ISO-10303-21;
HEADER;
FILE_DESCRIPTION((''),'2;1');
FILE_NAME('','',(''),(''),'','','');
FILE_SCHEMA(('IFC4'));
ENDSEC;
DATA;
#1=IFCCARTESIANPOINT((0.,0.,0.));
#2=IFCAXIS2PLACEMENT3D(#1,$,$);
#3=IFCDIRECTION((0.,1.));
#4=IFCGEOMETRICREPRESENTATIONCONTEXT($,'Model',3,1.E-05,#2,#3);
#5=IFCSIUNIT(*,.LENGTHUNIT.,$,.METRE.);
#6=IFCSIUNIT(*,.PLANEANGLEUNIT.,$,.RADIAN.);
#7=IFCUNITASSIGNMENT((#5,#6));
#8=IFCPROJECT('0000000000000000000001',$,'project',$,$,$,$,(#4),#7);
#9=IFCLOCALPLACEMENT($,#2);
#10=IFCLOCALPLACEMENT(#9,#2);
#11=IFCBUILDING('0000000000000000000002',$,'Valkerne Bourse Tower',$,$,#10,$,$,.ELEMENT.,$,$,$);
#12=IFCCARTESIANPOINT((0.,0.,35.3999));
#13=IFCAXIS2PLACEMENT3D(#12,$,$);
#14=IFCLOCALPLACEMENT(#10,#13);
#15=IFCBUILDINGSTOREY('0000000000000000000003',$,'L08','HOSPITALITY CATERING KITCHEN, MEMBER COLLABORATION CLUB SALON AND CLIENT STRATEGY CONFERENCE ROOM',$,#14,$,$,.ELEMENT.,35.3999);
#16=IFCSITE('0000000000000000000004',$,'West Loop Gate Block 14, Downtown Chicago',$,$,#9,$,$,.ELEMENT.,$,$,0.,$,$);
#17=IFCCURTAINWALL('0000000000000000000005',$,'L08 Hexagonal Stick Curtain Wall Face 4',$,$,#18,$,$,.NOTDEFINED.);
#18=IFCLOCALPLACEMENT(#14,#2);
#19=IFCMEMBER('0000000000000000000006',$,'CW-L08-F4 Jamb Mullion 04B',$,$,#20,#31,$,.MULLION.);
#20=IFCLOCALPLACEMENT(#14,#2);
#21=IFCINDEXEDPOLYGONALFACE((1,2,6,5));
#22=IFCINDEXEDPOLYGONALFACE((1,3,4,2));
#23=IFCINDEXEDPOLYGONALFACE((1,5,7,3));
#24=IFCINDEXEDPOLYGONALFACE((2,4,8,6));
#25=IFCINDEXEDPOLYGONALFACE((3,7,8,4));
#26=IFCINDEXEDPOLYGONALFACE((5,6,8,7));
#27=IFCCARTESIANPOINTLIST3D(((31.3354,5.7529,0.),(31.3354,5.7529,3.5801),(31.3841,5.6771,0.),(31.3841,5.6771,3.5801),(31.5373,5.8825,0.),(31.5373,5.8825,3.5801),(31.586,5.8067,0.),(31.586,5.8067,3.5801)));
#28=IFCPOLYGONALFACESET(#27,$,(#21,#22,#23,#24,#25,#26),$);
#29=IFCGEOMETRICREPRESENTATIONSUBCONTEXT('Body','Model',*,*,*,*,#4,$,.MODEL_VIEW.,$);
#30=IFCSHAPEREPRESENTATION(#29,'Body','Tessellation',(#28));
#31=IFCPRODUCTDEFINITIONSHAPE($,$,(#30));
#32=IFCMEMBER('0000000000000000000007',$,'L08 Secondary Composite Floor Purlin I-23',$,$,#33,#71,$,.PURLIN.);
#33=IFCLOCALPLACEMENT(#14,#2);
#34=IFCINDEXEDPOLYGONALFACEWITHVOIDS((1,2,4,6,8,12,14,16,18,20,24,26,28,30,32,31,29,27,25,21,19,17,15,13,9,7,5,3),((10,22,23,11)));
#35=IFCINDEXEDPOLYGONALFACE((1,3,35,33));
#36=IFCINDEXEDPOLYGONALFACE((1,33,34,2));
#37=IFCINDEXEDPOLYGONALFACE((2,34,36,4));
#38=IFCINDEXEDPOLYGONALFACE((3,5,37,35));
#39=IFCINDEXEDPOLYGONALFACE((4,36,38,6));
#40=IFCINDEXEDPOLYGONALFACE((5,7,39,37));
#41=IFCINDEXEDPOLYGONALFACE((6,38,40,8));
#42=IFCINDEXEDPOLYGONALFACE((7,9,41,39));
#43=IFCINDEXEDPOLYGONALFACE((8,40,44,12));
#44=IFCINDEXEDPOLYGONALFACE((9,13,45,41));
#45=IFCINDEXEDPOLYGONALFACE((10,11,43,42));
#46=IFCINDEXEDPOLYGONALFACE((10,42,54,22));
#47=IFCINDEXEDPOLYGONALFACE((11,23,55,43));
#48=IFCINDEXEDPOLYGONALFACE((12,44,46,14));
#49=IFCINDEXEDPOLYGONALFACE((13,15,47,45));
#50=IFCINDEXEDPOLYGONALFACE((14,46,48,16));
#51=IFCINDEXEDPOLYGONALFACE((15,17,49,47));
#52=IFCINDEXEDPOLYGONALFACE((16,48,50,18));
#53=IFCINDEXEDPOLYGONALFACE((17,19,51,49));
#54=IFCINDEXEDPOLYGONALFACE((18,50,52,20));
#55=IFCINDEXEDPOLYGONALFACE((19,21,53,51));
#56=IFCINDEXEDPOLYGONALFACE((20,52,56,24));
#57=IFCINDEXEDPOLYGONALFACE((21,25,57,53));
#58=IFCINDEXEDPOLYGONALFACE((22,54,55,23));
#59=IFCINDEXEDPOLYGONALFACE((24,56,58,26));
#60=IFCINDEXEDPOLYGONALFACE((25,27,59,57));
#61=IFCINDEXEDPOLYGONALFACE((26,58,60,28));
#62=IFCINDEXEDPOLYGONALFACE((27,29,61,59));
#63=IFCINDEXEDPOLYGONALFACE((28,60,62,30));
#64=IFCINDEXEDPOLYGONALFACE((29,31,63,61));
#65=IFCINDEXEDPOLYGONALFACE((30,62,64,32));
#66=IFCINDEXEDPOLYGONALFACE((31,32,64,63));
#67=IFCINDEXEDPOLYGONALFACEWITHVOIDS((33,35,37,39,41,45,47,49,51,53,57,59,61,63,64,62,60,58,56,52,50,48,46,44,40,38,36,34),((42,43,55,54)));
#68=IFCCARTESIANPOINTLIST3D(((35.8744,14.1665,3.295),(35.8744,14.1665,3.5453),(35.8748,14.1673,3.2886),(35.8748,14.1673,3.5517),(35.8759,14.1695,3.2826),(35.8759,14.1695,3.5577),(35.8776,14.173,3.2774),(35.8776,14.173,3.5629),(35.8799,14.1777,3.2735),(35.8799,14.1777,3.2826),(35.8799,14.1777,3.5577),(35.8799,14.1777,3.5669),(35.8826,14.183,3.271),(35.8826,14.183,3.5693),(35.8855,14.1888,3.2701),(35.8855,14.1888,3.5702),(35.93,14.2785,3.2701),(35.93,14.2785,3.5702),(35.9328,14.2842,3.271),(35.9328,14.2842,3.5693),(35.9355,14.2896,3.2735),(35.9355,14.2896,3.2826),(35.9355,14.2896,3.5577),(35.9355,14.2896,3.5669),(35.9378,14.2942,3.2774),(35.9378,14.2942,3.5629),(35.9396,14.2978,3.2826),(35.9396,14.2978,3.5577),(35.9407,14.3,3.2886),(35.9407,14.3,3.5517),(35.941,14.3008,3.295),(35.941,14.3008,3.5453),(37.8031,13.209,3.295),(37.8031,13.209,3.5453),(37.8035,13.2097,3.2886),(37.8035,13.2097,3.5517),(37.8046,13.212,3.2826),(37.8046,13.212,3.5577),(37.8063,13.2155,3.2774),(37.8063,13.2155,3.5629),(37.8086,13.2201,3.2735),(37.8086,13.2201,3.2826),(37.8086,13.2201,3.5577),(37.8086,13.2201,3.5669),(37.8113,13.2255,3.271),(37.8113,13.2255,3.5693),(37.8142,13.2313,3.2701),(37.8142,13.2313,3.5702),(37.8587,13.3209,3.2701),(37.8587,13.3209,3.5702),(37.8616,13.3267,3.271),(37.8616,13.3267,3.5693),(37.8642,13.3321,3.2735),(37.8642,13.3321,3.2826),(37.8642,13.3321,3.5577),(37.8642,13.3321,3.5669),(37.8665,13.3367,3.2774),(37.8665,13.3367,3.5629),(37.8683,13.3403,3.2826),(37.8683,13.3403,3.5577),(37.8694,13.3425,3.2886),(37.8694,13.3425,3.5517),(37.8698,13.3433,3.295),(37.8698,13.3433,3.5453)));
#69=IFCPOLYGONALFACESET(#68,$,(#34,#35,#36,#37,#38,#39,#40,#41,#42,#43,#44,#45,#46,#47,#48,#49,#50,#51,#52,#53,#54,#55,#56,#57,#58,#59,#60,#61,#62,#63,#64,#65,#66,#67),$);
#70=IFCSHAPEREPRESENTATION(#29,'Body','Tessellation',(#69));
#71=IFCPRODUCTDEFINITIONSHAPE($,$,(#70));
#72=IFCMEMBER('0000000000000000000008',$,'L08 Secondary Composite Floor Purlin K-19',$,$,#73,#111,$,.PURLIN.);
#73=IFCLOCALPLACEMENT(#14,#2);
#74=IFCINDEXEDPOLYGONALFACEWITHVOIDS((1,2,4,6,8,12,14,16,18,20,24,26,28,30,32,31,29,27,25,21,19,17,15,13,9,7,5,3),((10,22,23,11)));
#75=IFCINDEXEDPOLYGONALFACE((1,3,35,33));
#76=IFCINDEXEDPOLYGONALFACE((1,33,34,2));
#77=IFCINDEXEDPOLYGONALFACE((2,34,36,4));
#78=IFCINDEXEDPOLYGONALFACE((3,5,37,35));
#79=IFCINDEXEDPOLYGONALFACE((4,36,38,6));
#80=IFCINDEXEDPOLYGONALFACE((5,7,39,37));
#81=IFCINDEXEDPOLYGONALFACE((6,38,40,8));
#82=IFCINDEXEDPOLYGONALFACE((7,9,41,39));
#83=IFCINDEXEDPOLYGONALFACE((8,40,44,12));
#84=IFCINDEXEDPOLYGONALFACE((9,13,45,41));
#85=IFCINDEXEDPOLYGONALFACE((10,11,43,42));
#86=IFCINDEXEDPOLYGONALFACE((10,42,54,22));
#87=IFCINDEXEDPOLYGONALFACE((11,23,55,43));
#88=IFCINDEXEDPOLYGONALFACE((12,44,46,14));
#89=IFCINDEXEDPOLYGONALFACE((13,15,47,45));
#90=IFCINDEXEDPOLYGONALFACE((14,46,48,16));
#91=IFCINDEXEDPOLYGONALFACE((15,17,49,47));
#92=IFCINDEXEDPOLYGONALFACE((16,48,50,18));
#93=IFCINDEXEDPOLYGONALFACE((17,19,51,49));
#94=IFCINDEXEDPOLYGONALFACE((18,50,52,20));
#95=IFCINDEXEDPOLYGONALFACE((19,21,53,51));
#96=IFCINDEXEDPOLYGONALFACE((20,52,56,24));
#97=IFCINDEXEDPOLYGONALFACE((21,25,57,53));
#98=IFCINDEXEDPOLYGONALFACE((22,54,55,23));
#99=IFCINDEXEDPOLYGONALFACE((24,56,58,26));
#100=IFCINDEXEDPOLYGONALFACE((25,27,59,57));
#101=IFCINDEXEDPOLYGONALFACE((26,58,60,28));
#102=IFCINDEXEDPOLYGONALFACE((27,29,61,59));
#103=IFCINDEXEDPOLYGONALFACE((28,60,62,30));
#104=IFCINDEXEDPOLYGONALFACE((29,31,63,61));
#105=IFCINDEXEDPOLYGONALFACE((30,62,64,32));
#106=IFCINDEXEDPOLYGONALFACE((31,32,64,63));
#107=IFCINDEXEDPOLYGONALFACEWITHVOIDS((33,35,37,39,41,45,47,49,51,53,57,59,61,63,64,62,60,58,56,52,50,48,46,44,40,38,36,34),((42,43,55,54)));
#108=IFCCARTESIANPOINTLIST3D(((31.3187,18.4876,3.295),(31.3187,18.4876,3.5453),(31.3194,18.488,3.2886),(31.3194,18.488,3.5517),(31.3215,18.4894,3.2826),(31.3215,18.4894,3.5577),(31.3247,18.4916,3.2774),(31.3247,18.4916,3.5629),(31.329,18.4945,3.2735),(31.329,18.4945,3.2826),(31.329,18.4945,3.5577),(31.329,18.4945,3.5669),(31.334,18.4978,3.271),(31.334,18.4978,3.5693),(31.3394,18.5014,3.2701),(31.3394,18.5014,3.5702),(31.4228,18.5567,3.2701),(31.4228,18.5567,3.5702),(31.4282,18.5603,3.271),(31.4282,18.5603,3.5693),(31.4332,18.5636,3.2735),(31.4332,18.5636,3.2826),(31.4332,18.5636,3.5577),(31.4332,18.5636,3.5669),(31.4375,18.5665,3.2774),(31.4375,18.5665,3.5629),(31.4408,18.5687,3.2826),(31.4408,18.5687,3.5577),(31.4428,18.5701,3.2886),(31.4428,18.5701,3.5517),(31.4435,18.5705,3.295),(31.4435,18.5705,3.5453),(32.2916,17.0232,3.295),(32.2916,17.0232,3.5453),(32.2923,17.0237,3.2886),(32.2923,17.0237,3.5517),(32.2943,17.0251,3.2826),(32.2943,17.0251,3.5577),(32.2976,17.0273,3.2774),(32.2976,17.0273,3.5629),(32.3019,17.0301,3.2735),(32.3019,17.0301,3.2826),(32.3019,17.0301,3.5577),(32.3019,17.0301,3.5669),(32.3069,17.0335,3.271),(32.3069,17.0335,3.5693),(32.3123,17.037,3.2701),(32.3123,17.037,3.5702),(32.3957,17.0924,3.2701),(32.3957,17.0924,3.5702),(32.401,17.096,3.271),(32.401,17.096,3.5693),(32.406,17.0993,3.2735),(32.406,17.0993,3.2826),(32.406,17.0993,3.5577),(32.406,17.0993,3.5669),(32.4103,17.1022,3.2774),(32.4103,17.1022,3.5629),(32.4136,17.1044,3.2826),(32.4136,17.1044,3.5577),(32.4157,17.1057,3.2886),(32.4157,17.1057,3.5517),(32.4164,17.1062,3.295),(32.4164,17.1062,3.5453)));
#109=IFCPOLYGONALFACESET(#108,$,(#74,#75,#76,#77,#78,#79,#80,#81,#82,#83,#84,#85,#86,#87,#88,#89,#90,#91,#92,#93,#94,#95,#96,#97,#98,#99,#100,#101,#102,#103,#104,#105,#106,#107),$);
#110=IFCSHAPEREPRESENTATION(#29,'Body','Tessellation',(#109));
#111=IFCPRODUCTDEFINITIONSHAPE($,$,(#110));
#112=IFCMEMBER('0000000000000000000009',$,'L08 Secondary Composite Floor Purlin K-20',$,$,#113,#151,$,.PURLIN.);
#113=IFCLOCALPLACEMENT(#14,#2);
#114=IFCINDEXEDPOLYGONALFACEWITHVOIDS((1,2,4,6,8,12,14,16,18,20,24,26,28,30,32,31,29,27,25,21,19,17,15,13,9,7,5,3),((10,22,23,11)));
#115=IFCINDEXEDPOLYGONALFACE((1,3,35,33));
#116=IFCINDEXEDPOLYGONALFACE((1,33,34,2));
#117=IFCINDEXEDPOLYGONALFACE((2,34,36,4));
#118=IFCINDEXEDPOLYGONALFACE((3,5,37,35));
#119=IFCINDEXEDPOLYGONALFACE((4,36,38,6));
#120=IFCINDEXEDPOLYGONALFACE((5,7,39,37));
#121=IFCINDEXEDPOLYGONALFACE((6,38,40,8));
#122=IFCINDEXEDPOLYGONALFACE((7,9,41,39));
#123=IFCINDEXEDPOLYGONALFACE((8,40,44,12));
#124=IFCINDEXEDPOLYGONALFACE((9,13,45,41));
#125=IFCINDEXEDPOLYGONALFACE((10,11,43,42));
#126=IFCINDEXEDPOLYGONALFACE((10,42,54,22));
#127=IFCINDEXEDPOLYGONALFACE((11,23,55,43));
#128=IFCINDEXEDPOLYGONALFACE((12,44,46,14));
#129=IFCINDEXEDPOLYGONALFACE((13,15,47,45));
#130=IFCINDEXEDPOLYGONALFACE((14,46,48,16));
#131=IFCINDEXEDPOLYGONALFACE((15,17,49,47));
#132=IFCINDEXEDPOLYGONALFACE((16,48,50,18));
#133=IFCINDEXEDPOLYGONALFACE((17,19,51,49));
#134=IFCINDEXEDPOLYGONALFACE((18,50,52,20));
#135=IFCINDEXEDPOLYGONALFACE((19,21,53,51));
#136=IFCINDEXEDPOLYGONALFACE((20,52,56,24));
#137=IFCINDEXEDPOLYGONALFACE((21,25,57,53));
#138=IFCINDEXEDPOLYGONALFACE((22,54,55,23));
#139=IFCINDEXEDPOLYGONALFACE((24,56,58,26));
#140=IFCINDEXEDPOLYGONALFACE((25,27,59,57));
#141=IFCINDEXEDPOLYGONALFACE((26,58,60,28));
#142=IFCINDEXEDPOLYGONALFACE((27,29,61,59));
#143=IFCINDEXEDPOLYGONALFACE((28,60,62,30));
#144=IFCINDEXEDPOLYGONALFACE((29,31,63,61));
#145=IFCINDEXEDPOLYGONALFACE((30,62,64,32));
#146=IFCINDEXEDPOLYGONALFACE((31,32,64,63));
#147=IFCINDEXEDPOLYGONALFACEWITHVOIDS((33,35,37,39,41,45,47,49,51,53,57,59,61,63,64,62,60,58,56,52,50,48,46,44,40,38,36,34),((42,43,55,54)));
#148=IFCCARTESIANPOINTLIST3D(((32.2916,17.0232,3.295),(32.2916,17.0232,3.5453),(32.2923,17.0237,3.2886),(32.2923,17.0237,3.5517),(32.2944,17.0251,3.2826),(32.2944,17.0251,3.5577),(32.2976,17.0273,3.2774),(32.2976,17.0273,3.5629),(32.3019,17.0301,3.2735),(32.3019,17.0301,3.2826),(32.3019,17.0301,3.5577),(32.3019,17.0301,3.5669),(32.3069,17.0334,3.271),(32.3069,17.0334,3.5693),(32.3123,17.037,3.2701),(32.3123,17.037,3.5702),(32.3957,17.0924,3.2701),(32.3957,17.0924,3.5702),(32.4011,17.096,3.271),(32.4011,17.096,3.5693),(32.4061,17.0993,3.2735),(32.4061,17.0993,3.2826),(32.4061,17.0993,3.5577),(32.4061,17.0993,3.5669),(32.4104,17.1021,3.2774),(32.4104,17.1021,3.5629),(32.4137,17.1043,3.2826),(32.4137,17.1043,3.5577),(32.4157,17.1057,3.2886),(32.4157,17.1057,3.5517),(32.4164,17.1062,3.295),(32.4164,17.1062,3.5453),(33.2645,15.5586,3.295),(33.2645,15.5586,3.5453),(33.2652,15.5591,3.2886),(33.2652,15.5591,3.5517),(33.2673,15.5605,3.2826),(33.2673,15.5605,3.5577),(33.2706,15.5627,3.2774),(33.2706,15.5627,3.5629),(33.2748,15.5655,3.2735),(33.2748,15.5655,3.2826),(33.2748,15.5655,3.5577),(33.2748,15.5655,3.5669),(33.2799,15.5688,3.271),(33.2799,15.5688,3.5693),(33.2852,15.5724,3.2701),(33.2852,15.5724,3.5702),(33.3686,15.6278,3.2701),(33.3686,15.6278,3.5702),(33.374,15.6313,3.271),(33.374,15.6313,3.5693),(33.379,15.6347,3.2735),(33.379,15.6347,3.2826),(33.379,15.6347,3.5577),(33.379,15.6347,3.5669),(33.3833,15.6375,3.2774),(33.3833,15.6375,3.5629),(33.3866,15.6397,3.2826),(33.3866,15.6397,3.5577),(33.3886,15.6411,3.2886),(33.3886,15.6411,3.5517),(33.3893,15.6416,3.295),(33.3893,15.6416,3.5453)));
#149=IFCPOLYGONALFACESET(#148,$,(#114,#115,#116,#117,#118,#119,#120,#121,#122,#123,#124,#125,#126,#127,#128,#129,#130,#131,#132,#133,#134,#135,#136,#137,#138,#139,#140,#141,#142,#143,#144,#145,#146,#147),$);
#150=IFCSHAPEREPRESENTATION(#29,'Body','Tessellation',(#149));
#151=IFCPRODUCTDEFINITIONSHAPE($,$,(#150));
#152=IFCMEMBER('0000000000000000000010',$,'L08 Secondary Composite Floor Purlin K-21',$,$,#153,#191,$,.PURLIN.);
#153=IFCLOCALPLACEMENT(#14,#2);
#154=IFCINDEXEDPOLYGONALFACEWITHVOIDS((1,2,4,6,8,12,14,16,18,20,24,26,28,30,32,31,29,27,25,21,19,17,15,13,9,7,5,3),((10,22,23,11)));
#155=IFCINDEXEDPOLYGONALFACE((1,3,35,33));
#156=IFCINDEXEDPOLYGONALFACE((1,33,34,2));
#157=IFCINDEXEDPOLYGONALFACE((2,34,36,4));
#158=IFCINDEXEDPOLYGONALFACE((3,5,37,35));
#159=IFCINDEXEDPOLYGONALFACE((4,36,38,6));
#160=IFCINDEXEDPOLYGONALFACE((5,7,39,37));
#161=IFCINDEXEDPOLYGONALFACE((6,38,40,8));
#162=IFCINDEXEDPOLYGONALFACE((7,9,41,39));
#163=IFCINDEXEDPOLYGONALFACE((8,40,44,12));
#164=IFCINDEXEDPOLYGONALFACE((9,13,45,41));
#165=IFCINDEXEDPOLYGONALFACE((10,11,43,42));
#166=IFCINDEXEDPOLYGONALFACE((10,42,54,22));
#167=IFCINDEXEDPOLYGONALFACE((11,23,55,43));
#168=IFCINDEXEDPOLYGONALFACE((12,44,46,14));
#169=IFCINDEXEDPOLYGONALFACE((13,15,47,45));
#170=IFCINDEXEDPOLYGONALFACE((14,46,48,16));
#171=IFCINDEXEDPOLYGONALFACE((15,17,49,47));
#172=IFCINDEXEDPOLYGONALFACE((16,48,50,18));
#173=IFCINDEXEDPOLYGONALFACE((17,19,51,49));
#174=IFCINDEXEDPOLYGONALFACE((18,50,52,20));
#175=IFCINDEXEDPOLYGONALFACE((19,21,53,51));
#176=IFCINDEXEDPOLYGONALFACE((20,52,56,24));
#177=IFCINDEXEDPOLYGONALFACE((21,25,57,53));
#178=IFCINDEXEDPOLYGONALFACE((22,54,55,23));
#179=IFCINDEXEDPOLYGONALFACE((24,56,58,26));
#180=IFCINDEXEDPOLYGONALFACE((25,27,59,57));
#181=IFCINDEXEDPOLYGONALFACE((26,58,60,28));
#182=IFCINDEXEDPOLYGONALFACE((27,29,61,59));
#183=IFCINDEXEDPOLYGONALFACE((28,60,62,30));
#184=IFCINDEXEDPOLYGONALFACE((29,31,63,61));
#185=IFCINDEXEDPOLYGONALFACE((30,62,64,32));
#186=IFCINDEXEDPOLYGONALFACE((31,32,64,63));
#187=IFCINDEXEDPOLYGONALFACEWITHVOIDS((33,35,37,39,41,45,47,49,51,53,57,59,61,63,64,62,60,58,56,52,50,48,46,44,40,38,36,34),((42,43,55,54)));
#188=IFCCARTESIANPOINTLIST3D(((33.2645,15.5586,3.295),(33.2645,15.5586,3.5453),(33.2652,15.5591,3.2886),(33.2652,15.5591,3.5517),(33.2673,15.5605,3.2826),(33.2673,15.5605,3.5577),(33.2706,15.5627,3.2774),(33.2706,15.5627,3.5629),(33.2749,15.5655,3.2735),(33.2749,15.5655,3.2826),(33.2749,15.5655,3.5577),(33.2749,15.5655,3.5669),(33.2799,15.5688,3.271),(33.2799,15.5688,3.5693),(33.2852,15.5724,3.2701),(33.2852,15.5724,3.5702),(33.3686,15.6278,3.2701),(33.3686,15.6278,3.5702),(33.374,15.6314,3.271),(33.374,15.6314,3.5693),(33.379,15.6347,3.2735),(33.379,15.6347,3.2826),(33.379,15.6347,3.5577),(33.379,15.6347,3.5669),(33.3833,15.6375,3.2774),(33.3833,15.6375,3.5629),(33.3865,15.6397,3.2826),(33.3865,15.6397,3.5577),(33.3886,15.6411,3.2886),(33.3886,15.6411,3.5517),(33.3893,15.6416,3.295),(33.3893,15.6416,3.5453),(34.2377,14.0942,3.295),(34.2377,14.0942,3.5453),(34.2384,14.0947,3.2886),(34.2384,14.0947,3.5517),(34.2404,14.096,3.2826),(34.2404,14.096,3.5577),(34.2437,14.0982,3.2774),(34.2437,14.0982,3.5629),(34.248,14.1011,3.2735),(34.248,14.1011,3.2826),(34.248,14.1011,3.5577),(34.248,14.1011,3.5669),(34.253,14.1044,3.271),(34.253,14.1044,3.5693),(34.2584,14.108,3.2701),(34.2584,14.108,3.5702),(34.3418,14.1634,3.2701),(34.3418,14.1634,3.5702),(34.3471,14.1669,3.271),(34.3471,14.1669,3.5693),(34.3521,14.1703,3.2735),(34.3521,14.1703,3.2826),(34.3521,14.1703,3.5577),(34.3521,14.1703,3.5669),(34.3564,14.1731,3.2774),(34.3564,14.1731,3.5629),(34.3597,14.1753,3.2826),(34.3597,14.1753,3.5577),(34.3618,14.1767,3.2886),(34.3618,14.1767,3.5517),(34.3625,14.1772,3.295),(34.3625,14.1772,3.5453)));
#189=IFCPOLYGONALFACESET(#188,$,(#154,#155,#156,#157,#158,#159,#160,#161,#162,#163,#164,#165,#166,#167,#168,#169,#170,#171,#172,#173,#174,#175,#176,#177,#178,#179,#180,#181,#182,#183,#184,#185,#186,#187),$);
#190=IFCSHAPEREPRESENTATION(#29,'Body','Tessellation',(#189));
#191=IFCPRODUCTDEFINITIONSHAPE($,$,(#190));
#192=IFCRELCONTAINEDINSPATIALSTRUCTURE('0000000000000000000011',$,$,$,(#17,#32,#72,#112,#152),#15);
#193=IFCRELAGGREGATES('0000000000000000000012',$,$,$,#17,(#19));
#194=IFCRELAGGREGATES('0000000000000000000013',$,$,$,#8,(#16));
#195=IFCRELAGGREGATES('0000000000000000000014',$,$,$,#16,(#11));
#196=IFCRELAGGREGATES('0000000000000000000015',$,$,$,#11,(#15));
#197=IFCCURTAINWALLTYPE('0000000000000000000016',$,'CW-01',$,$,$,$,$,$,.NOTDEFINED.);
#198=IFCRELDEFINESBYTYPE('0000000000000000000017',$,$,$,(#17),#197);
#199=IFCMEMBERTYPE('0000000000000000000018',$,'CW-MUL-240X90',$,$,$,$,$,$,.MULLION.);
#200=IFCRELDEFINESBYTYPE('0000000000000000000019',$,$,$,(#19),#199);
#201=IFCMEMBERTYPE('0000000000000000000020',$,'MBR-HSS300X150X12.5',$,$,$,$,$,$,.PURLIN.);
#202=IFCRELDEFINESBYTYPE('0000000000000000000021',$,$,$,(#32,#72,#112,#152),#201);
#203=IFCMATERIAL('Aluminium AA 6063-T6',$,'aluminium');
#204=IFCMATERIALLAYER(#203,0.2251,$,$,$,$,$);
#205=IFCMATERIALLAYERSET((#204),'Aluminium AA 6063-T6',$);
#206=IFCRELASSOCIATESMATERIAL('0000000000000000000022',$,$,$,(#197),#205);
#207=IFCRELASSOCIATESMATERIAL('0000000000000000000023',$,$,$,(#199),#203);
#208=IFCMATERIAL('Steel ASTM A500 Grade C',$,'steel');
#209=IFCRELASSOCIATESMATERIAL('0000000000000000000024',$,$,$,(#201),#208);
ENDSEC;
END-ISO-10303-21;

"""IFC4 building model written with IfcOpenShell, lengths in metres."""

from ifc_helpers import new_model, si_unit, direction, frame, origin, origin_2d, place, context, subcontext, project, spatial, rectangle, hollow_rectangle, extrude, material, layer, layer_set, material_profile, profile_set, type_object, element, aggregate, save


model = new_model("IFC4")

# Units and contexts
model_context = context("Model", 3, precision=1e-05, world=origin(), true_north=direction((0.0, 1.0)))
body_context = subcontext(model_context, "Body", "Model", "MODEL_VIEW")
ifc_project = project(units=[si_unit("LENGTHUNIT", "METRE"), si_unit("PLANEANGLEUNIT", "RADIAN")], contexts=[model_context])

# Site, building, storey
site_placement = place(None, origin())
site = spatial("IfcSite", under=ifc_project, at=site_placement, Name="West Loop Gate Block 14, Downtown Chicago", CompositionType="ELEMENT", RefElevation=0.0)
building_placement = place(site_placement, origin())
building = spatial("IfcBuilding", under=site, at=building_placement, Name="Valkerne Bourse Tower", CompositionType="ELEMENT")
storey_placement = place(building_placement, frame((0.0, 0.0, 35.3999)))
storey = spatial("IfcBuildingStorey", under=building, at=storey_placement, Name="L08", Description="HOSPITALITY CATERING KITCHEN, MEMBER COLLABORATION CLUB SALON AND CLIENT STRATEGY CONFERENCE ROOM", CompositionType="ELEMENT", Elevation=35.3999)

# Curtain wall, member
ifc_material_1 = material(Name="Aluminium AA 6063-T6", Category="aluminium")
ifc_layer_1 = layer(ifc_material_1, 0.2251)
ifc_layer_set_1 = layer_set([ifc_layer_1], Name="Aluminium AA 6063-T6")
curtain_wall_type = type_object("IfcCurtainWallType", Name="CW-01", PredefinedType="NOTDEFINED", material=ifc_layer_set_1)
curtain_wall_placement = place(storey_placement, origin())
curtain_wall = element("IfcCurtainWall", 1, at=curtain_wall_placement, inside=storey, type_object=curtain_wall_type, Name="L08 Hexagonal Stick Curtain Wall Face 4", PredefinedType="NOTDEFINED")
ifc_material_profile_1 = material_profile(ifc_material_1, rectangle(XDim=0.0901, YDim=0.24, at=origin_2d()), Name="CWM-90X240")
ifc_profile_set_1 = profile_set([ifc_material_profile_1], Name="Aluminium AA 6063-T6")
member_type_1 = type_object("IfcMemberType", Name="CW-MUL-240X90", PredefinedType="MULLION", material=ifc_profile_set_1)
member_1_placement = place(storey_placement, frame((31.4607, 5.7798, 0.0), z_axis=(0.0, 0.0, 1.0), x_axis=(0.540238, -0.841512, 0.0)))
member_1 = element("IfcMember", 2, at=member_1_placement, type_object=member_type_1, Name="CW-L08-F4 Jamb Mullion 04B", PredefinedType="MULLION", context=body_context, shape_type="SweptSolid", body=[
    extrude(rectangle(XDim=0.0901, YDim=0.24, at=origin_2d()), origin(), (0.0, 0.0, 1.0), 3.5801),
])

# Members
ifc_material_2 = material(Name="Steel ASTM A500 Grade C", Category="steel")
ifc_material_profile_2 = material_profile(ifc_material_2, hollow_rectangle(XDim=0.1499, YDim=0.3, WallThickness=0.0125, OuterFilletRadius=0.0249, at=origin_2d()), Name="HSS300X150X12.5")
ifc_profile_set_2 = profile_set([ifc_material_profile_2], Name="Steel ASTM A500 Grade C")
member_type_2 = type_object("IfcMemberType", Name="MBR-HSS300X150X12.5", PredefinedType="PURLIN", material=ifc_profile_set_2)
member_2_placement = place(storey_placement, frame((35.9077, 14.2336, 3.4202), z_axis=(0.895693, -0.444672, 0.0), x_axis=(0.444672, 0.895693, 0.0)))
element("IfcMember", 3, at=member_2_placement, inside=storey, type_object=member_type_2, Name="L08 Secondary Composite Floor Purlin I-23", PredefinedType="PURLIN", context=body_context, shape_type="SweptSolid", body=[
    extrude(hollow_rectangle(XDim=0.1499, YDim=0.3, WallThickness=0.0125, OuterFilletRadius=0.0249, at=origin_2d()), origin(), (0.0, 0.0, 1.0), 2.1533),
])
member_3_placement = place(storey_placement, frame((31.3811, 18.5291, 3.4202), z_axis=(0.553386, -0.832925, 0.0), x_axis=(0.832925, 0.553386, 0.0)))
element("IfcMember", 4, at=member_3_placement, inside=storey, type_object=member_type_2, Name="L08 Secondary Composite Floor Purlin K-19", PredefinedType="PURLIN", context=body_context, shape_type="SweptSolid", body=[
    extrude(hollow_rectangle(XDim=0.1499, YDim=0.3, WallThickness=0.0125, OuterFilletRadius=0.0249, at=origin_2d()), origin(), (0.0, 0.0, 1.0), 1.7581),
])
for number, where, z_axis, x_axis, name in (
    (5, (32.354, 17.0647, 3.4202), (0.553322, -0.832968, 0.0), (0.832968, 0.553322, 0.0), "L08 Secondary Composite Floor Purlin K-20"),
    (6, (33.3269, 15.6001, 3.4202), (0.553482, -0.832861, 0.0), (0.832861, 0.553482, 0.0), "L08 Secondary Composite Floor Purlin K-21"),
):
    element("IfcMember", number, at=place(storey_placement, frame(where, z_axis=z_axis, x_axis=x_axis)), inside=storey, type_object=member_type_2, Name=name, PredefinedType="PURLIN", context=body_context, shape_type="SweptSolid", body=[
        extrude(hollow_rectangle(XDim=0.1499, YDim=0.3, WallThickness=0.0125, OuterFilletRadius=0.0249, at=origin_2d()), origin(), (0.0, 0.0, 1.0), 1.7583),
    ])

aggregate(curtain_wall, [member_1])

save(model, "model.ifc")
